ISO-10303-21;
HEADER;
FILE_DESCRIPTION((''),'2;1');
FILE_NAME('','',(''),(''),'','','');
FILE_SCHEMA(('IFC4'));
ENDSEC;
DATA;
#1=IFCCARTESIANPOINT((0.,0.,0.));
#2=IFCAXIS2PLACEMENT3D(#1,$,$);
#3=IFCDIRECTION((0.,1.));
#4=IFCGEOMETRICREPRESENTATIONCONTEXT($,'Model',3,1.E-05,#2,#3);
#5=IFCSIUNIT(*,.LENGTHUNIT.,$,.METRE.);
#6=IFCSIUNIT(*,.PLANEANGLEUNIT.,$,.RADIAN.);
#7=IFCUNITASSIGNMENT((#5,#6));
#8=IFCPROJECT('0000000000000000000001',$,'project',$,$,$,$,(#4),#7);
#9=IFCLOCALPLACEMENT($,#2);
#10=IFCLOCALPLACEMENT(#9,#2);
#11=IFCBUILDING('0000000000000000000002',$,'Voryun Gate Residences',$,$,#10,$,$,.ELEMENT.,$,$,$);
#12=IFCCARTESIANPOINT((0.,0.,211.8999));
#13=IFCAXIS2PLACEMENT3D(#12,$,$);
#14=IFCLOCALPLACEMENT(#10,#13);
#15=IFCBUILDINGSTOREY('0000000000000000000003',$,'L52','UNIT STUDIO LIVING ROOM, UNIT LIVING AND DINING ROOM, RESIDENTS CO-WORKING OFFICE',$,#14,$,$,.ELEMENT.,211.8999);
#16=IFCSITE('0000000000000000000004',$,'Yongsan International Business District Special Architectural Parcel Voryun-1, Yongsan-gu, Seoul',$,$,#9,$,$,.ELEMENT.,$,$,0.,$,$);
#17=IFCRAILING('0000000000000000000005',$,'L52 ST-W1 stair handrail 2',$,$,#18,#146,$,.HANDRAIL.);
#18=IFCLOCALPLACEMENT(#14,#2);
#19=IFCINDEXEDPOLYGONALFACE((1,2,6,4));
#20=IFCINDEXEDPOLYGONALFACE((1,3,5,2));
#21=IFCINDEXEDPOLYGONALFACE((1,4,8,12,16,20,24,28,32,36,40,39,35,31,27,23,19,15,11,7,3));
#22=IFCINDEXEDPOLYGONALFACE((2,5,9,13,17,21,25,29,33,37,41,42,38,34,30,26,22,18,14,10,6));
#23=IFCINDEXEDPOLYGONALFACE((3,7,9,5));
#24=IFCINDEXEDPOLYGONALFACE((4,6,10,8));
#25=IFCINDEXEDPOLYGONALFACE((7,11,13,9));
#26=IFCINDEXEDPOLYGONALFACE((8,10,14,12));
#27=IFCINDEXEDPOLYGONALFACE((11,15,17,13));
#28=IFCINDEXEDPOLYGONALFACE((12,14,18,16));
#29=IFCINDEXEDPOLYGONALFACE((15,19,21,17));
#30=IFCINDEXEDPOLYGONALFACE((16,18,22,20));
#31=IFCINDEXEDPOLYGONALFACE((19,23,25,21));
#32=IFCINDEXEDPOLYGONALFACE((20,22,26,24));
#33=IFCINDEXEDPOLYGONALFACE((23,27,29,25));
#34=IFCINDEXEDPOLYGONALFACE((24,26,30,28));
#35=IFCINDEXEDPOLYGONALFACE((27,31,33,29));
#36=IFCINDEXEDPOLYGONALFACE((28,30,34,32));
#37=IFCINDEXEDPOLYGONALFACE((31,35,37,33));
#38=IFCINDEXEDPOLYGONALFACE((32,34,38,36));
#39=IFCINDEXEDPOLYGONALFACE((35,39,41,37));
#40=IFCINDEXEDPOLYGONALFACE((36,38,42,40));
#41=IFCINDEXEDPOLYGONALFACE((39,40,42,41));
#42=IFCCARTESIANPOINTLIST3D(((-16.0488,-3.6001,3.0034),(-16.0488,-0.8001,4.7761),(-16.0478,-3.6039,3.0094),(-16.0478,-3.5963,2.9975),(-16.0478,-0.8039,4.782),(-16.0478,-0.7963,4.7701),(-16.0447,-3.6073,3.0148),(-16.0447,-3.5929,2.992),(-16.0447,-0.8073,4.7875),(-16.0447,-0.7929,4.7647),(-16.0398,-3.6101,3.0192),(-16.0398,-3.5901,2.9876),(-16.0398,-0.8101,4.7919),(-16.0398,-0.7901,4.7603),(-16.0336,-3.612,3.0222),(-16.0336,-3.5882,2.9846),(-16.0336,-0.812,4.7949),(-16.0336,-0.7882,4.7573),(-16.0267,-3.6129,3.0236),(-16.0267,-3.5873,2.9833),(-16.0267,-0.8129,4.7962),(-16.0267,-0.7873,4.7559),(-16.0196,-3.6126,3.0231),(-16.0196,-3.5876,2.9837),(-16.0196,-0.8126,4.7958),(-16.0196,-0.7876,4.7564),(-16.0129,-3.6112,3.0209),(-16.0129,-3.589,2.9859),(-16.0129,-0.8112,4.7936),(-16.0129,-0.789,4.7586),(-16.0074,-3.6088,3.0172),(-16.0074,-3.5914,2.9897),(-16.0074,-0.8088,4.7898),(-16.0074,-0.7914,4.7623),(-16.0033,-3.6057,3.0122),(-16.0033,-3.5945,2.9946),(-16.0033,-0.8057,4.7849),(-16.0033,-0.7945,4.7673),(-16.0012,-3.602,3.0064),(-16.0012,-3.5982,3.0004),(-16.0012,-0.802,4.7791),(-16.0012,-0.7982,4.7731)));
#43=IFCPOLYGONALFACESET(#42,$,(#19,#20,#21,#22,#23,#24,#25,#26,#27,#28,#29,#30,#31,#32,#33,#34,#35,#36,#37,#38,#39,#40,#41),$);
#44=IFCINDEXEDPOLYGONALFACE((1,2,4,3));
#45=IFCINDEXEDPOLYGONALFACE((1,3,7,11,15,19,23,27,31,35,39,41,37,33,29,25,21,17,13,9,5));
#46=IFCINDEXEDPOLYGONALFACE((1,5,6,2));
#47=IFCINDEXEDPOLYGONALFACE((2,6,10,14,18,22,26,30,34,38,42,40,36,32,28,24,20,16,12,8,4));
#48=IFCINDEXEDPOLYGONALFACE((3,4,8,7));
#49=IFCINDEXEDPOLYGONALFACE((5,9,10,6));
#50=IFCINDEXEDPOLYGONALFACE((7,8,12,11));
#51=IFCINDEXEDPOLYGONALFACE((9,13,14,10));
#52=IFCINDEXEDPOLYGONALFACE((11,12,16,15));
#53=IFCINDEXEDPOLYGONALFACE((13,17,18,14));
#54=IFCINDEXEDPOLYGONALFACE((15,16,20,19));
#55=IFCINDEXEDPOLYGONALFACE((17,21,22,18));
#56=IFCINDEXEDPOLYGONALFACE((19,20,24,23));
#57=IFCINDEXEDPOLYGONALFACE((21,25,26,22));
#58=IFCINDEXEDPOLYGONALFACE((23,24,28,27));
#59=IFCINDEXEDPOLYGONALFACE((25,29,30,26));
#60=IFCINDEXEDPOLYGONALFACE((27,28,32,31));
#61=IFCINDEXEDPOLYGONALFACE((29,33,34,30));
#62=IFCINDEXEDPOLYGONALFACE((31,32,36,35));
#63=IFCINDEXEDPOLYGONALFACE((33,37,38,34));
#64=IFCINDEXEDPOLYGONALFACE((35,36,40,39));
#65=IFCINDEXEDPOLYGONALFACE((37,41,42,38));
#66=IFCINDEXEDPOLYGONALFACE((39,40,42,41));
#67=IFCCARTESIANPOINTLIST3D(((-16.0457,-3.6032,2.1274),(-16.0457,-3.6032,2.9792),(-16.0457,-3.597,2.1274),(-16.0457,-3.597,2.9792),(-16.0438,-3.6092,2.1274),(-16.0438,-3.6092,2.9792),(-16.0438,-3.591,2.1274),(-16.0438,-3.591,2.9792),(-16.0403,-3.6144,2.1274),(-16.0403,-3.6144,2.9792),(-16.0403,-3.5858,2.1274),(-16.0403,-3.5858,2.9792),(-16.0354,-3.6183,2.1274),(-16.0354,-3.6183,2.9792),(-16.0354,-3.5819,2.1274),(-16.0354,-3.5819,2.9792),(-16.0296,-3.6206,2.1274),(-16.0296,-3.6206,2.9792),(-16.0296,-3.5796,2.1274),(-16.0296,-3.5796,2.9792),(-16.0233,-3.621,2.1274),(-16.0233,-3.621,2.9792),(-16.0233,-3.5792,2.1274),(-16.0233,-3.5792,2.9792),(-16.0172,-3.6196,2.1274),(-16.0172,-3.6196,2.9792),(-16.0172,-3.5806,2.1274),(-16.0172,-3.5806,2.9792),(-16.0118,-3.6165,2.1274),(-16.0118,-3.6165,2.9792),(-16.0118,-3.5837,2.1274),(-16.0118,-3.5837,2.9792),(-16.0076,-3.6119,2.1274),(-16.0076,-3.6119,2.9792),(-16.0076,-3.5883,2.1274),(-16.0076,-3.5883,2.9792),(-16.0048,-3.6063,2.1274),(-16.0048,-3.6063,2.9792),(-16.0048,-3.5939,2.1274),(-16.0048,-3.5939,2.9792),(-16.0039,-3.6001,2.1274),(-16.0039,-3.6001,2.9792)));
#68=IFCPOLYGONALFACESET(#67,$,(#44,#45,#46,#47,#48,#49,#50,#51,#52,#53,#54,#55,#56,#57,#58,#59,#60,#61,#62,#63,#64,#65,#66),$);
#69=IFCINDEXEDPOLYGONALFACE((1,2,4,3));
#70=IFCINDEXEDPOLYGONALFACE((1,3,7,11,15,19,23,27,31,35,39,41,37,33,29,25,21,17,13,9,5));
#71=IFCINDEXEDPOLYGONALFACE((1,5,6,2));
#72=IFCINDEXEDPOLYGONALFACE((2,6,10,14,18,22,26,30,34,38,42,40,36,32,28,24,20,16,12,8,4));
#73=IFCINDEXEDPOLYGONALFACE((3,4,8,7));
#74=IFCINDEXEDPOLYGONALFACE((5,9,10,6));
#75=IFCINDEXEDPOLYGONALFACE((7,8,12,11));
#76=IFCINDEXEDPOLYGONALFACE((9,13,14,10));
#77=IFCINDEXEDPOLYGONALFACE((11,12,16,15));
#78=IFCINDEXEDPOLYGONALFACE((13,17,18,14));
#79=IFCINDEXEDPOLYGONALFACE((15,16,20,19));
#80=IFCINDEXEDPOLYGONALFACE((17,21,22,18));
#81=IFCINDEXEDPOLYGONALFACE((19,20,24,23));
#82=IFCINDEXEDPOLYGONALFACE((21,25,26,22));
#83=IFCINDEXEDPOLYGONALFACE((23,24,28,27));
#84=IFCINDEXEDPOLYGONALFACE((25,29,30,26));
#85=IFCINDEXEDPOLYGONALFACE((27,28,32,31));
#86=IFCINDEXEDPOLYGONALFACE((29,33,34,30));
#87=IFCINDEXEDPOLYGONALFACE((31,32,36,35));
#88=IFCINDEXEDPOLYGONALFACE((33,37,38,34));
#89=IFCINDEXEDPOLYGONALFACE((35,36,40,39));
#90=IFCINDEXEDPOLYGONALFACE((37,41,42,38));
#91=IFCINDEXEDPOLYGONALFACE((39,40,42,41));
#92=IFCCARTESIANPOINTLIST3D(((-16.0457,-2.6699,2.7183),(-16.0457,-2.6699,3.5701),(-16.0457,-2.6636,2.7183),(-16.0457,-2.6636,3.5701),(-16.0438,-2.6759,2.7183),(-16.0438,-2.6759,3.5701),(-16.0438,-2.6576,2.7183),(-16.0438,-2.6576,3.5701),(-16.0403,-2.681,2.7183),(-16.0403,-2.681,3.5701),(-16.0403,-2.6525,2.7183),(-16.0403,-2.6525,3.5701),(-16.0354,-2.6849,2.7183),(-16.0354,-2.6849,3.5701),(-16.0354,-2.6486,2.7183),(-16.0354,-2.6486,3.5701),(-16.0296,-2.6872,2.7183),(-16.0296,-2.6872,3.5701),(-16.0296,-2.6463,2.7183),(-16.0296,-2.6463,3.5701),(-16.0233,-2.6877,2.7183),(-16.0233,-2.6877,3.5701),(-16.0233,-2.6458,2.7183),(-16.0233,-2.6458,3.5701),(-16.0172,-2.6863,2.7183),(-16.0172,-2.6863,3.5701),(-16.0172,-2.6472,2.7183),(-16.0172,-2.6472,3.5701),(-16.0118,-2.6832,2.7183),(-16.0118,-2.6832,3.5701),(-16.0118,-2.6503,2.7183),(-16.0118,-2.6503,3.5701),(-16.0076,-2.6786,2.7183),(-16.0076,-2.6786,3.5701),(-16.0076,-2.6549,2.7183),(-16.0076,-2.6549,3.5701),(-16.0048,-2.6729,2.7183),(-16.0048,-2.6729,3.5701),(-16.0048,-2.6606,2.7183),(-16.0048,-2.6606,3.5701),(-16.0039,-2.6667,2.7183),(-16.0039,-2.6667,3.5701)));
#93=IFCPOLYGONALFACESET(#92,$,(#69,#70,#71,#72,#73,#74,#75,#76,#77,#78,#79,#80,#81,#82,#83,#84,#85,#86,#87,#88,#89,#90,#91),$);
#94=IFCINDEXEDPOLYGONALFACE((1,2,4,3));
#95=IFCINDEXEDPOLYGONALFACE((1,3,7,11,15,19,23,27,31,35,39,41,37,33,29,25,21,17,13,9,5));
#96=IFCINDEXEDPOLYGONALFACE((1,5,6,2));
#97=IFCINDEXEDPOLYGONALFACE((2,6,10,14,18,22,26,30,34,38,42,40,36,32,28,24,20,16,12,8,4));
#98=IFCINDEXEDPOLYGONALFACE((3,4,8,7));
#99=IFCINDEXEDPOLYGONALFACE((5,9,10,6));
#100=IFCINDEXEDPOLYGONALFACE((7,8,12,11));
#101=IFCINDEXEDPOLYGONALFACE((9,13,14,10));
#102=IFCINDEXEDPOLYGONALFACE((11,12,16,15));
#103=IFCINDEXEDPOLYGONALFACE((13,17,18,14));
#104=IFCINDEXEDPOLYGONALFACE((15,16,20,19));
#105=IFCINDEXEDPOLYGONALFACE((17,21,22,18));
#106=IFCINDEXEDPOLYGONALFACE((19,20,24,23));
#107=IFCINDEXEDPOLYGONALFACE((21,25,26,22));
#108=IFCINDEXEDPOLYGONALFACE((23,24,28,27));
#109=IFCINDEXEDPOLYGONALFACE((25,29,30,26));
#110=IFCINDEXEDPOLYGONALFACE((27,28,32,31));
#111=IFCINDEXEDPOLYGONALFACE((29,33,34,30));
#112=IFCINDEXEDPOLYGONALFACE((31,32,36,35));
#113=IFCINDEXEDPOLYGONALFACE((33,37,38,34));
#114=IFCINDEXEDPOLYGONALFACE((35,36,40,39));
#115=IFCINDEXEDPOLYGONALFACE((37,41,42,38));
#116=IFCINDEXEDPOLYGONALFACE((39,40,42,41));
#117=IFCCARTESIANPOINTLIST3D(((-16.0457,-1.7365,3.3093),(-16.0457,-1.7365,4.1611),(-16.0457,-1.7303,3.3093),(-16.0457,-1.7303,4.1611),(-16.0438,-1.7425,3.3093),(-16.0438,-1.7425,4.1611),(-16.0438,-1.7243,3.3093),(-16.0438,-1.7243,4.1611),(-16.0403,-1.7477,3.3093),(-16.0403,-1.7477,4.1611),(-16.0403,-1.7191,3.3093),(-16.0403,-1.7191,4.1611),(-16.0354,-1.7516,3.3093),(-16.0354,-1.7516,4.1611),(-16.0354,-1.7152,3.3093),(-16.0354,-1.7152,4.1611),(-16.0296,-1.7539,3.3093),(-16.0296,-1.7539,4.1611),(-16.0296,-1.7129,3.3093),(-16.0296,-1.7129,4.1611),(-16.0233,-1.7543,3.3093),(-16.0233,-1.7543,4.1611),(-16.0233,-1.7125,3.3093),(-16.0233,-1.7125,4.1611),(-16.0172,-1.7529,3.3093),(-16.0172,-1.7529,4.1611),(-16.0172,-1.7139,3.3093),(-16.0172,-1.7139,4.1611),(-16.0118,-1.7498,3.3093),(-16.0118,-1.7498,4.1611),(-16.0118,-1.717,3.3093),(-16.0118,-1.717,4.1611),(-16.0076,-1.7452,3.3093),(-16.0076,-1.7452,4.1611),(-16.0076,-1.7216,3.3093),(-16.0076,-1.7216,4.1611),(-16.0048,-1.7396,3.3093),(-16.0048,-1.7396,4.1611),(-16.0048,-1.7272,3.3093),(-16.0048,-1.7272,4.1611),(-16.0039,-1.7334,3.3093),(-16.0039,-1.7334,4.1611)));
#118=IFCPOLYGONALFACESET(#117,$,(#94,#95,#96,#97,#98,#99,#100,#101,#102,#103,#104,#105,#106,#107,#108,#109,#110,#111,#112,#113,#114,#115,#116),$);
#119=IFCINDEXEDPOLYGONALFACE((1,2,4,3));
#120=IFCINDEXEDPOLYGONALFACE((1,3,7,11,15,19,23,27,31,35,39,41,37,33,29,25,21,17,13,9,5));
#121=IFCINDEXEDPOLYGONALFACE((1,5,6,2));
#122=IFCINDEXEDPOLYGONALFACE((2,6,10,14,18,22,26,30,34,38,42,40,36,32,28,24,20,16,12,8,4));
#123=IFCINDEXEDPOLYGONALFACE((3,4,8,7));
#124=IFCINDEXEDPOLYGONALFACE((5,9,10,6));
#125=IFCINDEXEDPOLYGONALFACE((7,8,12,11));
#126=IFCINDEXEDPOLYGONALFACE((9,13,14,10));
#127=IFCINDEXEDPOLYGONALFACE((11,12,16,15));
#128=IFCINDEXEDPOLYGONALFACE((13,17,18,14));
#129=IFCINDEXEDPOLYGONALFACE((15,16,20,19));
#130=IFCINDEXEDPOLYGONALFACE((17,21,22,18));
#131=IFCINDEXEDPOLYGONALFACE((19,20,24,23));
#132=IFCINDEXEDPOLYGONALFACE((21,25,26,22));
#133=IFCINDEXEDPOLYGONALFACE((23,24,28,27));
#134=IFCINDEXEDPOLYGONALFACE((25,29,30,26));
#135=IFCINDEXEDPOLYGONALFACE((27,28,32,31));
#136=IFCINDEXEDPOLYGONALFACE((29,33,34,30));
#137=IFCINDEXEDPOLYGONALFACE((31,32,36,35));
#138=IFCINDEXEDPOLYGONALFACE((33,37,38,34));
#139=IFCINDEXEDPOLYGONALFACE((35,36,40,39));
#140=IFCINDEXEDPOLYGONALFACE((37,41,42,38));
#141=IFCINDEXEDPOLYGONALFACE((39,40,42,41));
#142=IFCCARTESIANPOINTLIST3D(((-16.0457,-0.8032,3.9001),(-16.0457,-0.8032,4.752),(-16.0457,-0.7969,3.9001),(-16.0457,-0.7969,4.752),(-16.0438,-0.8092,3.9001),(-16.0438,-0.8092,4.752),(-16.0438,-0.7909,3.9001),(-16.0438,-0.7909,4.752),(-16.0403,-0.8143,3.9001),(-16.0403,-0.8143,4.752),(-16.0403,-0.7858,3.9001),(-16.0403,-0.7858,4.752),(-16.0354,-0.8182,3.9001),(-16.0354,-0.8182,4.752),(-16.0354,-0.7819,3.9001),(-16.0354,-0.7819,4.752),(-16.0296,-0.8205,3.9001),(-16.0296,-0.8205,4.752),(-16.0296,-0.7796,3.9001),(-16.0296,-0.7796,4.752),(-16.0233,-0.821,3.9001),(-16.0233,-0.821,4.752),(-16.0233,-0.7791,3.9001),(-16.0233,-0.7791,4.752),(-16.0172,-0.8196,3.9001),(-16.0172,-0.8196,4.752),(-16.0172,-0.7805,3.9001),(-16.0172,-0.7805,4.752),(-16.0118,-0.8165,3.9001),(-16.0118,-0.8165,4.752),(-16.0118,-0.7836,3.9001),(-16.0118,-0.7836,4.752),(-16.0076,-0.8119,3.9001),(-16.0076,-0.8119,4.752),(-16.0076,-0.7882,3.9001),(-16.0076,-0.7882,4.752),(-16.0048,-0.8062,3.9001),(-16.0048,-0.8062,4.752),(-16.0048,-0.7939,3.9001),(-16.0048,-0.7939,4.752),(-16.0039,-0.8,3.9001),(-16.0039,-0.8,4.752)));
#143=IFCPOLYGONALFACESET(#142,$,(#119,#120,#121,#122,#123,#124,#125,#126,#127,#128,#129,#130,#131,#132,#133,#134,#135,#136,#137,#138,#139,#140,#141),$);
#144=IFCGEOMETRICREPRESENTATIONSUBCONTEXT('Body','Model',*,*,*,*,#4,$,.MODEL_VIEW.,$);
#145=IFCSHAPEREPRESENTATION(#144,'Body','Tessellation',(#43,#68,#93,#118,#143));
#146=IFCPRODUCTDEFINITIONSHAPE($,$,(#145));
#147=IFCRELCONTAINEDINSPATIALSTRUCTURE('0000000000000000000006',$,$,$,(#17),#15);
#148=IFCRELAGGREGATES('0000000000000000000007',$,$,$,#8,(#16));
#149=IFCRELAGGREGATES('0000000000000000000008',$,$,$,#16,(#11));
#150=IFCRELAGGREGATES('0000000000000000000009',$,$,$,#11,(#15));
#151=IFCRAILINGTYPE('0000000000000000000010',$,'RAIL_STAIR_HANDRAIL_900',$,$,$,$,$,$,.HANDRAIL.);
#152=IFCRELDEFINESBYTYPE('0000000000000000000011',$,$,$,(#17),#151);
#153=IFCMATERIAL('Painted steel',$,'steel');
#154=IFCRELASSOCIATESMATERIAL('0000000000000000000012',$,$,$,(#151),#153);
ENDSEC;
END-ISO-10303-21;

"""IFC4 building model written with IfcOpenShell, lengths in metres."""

from ifc_helpers import new_model, si_unit, direction, frame, origin, origin_2d, place, context, subcontext, project, spatial, circle, extrude, material, type_object, element, save


model = new_model("IFC4")

# Units and contexts
model_context = context("Model", 3, precision=1e-05, world=origin(), true_north=direction((0.0, 1.0)))
body_context = subcontext(model_context, "Body", "Model", "MODEL_VIEW")
ifc_project = project(units=[si_unit("LENGTHUNIT", "METRE"), si_unit("PLANEANGLEUNIT", "RADIAN")], contexts=[model_context])

# Site, building, storey
site_placement = place(None, origin())
site = spatial("IfcSite", under=ifc_project, at=site_placement, Name="Yongsan International Business District Special Architectural Parcel Voryun-1, Yongsan-gu, Seoul", CompositionType="ELEMENT", RefElevation=0.0)
building_placement = place(site_placement, origin())
building = spatial("IfcBuilding", under=site, at=building_placement, Name="Voryun Gate Residences", CompositionType="ELEMENT")
storey_placement = place(building_placement, frame((0.0, 0.0, 211.8999)))
storey = spatial("IfcBuildingStorey", under=building, at=storey_placement, Name="L52", Description="UNIT STUDIO LIVING ROOM, UNIT LIVING AND DINING ROOM, RESIDENTS CO-WORKING OFFICE", CompositionType="ELEMENT", Elevation=211.8999)

# Railing
ifc_material_1 = material(Name="Painted steel", Category="steel")
railing_type_1 = type_object("IfcRailingType", Name="RAIL_STAIR_HANDRAIL_900", PredefinedType="HANDRAIL", material=ifc_material_1)
railing_1_placement = place(storey_placement, frame((-16.0249, -3.6001, 2.1274)))
element("IfcRailing", 1, at=railing_1_placement, inside=storey, type_object=railing_type_1, Name="L52 ST-W1 stair handrail 2", PredefinedType="HANDRAIL", context=body_context, shape_type="SweptSolid", body=[
    extrude(circle(Radius=0.0239, at=origin_2d()), frame((0.0, 0.0, 0.876), z_axis=(0.0, 0.844909, 0.53491), x_axis=(-1.0, 0.0, 0.0)), (0.0, 0.0, 1.0), 3.314),
    extrude(circle(Radius=0.021, at=origin_2d()), origin(), (0.0, 0.0, 1.0), 0.8518),
    extrude(circle(Radius=0.021, at=origin_2d()), frame((0.0, 0.9333, 0.5908)), (0.0, 0.0, 1.0), 0.8518),
    extrude(circle(Radius=0.021, at=origin_2d()), frame((0.0, 1.8667, 1.1819)), (0.0, 0.0, 1.0), 0.8518),
    extrude(circle(Radius=0.021, at=origin_2d()), frame((0.0, 2.8, 1.7727)), (0.0, 0.0, 1.0), 0.8518),
])

save(model, "model.ifc")
